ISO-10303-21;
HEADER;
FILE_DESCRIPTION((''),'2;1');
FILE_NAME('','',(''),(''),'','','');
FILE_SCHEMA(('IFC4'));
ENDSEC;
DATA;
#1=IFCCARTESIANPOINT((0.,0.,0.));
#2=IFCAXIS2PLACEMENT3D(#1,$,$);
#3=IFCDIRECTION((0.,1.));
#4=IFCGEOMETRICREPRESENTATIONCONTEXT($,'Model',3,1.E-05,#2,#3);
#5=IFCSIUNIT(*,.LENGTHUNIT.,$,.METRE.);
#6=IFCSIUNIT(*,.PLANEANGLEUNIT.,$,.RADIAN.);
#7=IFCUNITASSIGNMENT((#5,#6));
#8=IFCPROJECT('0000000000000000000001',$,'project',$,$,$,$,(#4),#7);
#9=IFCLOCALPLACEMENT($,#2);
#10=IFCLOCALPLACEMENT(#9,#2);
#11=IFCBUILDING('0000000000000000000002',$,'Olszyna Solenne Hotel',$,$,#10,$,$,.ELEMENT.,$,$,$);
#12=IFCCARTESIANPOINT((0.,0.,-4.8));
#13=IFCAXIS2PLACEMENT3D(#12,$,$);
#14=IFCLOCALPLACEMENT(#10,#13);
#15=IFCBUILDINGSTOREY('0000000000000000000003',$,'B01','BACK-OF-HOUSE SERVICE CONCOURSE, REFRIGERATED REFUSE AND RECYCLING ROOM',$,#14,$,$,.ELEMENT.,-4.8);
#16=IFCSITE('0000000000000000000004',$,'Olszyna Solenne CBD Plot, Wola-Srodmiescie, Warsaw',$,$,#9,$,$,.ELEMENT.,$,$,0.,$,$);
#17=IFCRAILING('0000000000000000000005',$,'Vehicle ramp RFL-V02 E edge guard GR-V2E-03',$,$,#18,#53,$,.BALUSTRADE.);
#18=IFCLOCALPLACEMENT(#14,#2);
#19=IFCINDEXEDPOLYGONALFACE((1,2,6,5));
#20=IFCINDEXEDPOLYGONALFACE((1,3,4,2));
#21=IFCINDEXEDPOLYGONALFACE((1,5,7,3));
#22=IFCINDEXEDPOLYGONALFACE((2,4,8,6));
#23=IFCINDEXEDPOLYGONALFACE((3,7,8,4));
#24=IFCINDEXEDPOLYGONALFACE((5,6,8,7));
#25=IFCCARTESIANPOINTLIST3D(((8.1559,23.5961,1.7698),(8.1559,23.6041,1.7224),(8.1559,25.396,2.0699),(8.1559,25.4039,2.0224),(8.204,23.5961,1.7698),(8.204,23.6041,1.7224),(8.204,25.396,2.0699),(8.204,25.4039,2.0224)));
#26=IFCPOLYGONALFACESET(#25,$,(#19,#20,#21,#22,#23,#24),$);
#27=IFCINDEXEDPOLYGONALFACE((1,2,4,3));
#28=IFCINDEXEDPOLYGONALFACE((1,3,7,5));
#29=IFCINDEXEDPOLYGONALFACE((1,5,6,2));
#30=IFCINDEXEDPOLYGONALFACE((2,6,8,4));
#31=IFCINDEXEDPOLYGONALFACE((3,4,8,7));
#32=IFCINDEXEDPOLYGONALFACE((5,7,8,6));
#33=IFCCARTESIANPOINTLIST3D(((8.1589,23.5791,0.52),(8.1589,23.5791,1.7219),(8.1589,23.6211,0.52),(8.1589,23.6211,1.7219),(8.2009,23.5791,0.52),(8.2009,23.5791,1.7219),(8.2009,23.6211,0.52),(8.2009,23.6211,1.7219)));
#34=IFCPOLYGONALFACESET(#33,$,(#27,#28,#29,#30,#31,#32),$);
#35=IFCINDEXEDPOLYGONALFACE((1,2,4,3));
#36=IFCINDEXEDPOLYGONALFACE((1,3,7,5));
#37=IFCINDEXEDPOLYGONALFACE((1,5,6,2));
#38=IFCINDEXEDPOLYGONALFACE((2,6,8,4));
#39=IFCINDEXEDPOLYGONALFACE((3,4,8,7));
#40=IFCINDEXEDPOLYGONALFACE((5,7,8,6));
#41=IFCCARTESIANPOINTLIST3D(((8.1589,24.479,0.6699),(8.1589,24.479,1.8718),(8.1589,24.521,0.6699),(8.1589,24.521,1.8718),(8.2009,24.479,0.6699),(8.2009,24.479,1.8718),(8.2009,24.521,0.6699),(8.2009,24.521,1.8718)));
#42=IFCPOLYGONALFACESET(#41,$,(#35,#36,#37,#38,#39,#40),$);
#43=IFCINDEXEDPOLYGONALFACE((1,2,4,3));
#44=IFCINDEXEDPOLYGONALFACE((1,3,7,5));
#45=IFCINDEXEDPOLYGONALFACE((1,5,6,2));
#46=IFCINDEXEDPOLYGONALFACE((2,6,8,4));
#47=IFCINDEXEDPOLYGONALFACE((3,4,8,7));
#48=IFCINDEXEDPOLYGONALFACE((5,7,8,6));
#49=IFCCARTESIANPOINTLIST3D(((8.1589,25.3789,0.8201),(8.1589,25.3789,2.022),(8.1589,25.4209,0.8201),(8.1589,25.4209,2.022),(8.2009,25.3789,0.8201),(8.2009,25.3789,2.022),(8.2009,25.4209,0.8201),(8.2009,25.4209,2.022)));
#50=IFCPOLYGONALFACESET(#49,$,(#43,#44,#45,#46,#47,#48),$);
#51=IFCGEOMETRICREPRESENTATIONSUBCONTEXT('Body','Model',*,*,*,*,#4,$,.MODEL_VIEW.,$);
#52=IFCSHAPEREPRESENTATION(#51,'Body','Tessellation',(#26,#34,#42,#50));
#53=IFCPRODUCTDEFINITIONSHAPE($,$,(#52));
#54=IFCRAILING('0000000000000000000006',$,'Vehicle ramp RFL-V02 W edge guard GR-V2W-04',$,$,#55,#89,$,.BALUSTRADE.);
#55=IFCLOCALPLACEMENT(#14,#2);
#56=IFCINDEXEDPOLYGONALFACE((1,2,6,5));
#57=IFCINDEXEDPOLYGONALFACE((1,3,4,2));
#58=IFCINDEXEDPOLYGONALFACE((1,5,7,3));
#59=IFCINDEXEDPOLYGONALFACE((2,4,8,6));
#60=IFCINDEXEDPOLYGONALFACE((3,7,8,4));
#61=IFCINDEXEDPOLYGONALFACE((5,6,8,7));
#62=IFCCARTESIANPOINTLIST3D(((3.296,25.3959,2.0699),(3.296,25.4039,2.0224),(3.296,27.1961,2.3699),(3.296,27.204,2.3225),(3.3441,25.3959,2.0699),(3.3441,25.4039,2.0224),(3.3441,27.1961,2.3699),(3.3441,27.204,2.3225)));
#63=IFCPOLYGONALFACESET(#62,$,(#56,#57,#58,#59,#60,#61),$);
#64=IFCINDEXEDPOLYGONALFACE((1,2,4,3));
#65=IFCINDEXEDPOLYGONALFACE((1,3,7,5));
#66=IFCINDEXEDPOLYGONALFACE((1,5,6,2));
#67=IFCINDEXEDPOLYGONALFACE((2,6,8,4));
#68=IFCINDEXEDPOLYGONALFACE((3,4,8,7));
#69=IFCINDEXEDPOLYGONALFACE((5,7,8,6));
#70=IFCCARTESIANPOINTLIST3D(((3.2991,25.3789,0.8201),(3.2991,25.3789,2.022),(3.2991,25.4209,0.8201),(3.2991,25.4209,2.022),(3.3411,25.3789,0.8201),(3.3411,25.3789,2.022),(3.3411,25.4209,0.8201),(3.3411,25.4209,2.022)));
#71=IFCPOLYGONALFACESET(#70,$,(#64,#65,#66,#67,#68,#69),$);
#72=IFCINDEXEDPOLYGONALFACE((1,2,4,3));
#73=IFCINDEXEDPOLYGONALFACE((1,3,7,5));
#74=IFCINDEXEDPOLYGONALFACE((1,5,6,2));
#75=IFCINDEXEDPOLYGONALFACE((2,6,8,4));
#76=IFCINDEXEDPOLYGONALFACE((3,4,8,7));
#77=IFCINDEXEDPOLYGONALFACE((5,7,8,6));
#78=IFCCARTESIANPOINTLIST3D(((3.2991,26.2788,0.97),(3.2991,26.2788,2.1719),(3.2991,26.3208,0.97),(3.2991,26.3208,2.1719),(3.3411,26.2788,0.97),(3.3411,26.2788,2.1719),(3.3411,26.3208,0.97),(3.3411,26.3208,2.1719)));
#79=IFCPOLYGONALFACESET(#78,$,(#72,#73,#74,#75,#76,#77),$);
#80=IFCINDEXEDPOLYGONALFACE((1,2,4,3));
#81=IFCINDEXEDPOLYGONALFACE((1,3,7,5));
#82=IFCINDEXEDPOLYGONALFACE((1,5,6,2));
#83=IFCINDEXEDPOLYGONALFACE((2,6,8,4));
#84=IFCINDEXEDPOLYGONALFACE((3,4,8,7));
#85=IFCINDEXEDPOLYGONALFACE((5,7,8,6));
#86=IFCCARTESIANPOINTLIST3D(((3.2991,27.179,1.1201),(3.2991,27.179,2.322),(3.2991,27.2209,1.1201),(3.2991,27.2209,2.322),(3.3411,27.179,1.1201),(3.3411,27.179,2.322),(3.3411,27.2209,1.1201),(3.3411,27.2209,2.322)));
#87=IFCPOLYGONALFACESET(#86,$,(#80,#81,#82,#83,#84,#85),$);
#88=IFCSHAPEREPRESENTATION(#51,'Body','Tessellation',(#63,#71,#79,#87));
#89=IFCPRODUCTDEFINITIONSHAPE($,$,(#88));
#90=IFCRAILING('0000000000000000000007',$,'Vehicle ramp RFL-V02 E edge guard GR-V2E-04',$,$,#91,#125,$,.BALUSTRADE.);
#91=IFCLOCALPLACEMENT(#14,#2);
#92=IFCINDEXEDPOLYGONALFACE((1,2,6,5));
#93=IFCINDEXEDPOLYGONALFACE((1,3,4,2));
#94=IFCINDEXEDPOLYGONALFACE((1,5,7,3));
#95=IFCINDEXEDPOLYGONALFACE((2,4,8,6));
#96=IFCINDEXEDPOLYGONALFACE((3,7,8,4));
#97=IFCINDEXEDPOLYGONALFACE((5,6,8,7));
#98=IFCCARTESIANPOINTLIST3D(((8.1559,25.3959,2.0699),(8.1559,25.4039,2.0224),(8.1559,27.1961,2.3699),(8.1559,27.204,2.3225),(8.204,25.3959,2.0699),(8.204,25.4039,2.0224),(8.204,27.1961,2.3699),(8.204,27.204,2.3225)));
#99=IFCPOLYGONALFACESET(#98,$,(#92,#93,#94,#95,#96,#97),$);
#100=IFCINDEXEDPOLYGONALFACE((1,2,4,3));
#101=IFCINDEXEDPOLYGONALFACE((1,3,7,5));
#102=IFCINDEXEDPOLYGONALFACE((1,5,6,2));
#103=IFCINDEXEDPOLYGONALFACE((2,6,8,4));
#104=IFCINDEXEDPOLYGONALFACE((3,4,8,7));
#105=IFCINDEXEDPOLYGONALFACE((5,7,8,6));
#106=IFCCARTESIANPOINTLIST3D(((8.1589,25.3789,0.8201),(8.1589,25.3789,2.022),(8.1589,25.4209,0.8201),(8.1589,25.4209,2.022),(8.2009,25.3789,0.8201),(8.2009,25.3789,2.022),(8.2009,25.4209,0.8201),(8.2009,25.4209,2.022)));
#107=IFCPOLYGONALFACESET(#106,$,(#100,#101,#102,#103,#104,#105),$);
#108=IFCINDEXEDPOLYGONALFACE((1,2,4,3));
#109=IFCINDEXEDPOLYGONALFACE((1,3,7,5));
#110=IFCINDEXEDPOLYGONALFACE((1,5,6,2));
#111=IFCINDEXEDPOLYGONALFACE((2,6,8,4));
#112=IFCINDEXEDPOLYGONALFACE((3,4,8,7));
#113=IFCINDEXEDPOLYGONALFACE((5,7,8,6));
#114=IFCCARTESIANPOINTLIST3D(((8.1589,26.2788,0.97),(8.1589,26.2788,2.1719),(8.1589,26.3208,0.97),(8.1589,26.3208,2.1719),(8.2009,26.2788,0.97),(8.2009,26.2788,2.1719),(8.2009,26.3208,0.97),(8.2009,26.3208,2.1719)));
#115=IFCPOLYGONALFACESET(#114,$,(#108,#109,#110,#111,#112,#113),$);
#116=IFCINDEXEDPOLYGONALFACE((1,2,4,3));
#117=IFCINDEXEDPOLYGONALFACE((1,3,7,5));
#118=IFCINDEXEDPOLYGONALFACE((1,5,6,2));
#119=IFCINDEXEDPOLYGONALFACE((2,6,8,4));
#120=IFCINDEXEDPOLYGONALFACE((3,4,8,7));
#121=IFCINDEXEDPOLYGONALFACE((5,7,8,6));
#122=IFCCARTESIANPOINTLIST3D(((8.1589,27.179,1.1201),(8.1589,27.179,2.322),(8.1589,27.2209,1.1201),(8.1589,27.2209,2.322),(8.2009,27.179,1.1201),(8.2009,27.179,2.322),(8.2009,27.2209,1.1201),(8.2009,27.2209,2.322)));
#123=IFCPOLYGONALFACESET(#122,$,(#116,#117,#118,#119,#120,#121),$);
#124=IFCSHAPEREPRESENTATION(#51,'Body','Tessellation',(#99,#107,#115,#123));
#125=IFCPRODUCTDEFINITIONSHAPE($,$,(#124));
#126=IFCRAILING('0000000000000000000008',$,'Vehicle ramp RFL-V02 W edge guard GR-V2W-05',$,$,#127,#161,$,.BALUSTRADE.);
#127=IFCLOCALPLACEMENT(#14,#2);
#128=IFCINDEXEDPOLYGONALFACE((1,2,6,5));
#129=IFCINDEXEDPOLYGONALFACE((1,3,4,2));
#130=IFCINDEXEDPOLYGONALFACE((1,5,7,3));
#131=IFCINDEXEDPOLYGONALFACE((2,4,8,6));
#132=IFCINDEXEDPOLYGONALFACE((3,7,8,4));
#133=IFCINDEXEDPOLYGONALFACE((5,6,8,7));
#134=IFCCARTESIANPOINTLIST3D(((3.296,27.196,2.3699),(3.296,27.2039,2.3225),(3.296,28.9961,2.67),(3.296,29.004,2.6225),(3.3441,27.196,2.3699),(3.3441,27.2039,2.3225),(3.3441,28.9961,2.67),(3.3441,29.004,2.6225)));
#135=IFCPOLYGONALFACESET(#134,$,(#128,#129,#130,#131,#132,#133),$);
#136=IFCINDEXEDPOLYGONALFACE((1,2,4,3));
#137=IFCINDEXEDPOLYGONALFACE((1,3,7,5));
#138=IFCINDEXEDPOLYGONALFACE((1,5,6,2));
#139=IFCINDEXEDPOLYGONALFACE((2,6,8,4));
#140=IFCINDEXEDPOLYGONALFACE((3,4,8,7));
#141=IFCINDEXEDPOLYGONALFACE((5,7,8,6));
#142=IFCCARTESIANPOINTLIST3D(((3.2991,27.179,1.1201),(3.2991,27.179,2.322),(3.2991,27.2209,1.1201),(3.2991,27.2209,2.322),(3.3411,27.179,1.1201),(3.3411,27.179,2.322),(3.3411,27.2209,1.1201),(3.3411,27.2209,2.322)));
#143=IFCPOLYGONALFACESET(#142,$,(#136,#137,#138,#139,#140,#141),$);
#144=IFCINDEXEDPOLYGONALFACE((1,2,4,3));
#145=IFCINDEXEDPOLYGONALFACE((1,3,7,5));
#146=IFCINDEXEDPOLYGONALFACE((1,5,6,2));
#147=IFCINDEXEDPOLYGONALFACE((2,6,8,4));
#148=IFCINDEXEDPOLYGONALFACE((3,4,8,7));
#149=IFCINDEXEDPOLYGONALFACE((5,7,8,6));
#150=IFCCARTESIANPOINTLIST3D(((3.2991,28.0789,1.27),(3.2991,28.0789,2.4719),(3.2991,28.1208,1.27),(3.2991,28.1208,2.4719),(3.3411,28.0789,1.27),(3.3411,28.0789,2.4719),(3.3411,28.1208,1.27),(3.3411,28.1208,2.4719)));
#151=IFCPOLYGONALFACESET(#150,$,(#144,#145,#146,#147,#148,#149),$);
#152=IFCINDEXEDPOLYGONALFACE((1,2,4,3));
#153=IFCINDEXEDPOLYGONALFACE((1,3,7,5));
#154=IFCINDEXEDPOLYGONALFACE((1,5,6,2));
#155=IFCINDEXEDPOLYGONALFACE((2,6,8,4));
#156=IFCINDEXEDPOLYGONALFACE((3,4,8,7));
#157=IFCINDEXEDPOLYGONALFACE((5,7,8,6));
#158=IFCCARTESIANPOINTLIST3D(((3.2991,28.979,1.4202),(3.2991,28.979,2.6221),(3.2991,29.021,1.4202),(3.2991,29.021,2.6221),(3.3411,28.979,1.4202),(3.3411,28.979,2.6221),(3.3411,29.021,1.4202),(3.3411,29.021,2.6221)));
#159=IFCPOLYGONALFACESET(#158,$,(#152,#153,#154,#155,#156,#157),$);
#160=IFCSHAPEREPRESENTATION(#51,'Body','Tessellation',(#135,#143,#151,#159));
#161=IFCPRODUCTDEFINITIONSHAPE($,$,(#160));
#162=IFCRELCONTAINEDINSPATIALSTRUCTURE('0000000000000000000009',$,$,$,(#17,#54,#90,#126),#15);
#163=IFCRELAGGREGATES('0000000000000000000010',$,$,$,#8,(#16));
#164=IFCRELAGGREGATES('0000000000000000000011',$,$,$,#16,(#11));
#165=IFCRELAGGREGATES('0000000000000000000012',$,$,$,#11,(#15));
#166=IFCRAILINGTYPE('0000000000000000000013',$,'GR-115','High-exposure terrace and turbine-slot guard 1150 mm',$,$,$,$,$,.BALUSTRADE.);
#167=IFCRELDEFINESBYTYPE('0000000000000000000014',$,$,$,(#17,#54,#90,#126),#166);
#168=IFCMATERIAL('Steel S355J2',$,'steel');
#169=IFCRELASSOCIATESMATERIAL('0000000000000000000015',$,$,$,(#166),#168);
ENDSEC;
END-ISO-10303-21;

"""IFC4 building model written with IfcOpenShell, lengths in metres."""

from ifc_helpers import new_model, si_unit, direction, frame, origin, origin_2d, place, context, subcontext, project, spatial, rectangle, extrude, material, type_object, element, save


model = new_model("IFC4")

# Units and contexts
model_context = context("Model", 3, precision=1e-05, world=origin(), true_north=direction((0.0, 1.0)))
body_context = subcontext(model_context, "Body", "Model", "MODEL_VIEW")
ifc_project = project(units=[si_unit("LENGTHUNIT", "METRE"), si_unit("PLANEANGLEUNIT", "RADIAN")], contexts=[model_context])

# Site, building, storey
site_placement = place(None, origin())
site = spatial("IfcSite", under=ifc_project, at=site_placement, Name="Olszyna Solenne CBD Plot, Wola-Srodmiescie, Warsaw", CompositionType="ELEMENT", RefElevation=0.0)
building_placement = place(site_placement, origin())
building = spatial("IfcBuilding", under=site, at=building_placement, Name="Olszyna Solenne Hotel", CompositionType="ELEMENT")
storey_placement = place(building_placement, frame((0.0, 0.0, -4.8)))
storey = spatial("IfcBuildingStorey", under=building, at=storey_placement, Name="B01", Description="BACK-OF-HOUSE SERVICE CONCOURSE, REFRIGERATED REFUSE AND RECYCLING ROOM", CompositionType="ELEMENT", Elevation=-4.8)

# Shared definitions
ifc_material_1 = material(Name="Steel S355J2", Category="steel")

# Railings
railing_type = type_object("IfcRailingType", Name="GR-115", Description="High-exposure terrace and turbine-slot guard 1150 mm", PredefinedType="BALUSTRADE", material=ifc_material_1)
for number, where, name in (
    (1, (8.1799, 23.6001, 0.52), "Vehicle ramp RFL-V02 E edge guard GR-V2E-03"),
):
    element("IfcRailing", number, at=place(storey_placement, frame(where)), inside=storey, type_object=railing_type, Name=name, PredefinedType="BALUSTRADE", context=body_context, shape_type="SweptSolid", body=[
        extrude(rectangle(XDim=0.0481, YDim=0.0481, at=origin_2d()), frame((0.0, 0.0, 1.2261), z_axis=(0.0, 0.986387, 0.164442), x_axis=(-1.0, 0.0, 0.0)), (0.0, 0.0, 1.0), 1.8247),
        extrude(rectangle(XDim=0.042, YDim=0.042, at=origin_2d()), origin(), (0.0, 0.0, 1.0), 1.2019),
        extrude(rectangle(XDim=0.042, YDim=0.042, at=origin_2d()), frame((0.0, 0.8999, 0.1499)), (0.0, 0.0, 1.0), 1.2019),
        extrude(rectangle(XDim=0.042, YDim=0.042, at=origin_2d()), frame((0.0, 1.7998, 0.3)), (0.0, 0.0, 1.0), 1.2019),
    ])
for number, where, name in (
    (2, (3.3201, 25.3999, 0.8201), "Vehicle ramp RFL-V02 W edge guard GR-V2W-04"),
    (3, (8.1799, 25.3999, 0.8201), "Vehicle ramp RFL-V02 E edge guard GR-V2E-04"),
    (4, (3.3201, 27.2, 1.1201), "Vehicle ramp RFL-V02 W edge guard GR-V2W-05"),
):
    element("IfcRailing", number, at=place(storey_placement, frame(where)), inside=storey, type_object=railing_type, Name=name, PredefinedType="BALUSTRADE", context=body_context, shape_type="SweptSolid", body=[
        extrude(rectangle(XDim=0.0481, YDim=0.0481, at=origin_2d()), frame((0.0, 0.0, 1.2261), z_axis=(0.0, 0.98639, 0.164421), x_axis=(-1.0, 0.0, 0.0)), (0.0, 0.0, 1.0), 1.825),
        extrude(rectangle(XDim=0.042, YDim=0.042, at=origin_2d()), origin(), (0.0, 0.0, 1.0), 1.2019),
        extrude(rectangle(XDim=0.042, YDim=0.042, at=origin_2d()), frame((0.0, 0.8999, 0.1499)), (0.0, 0.0, 1.0), 1.2019),
        extrude(rectangle(XDim=0.042, YDim=0.042, at=origin_2d()), frame((0.0, 1.8, 0.3)), (0.0, 0.0, 1.0), 1.2019),
    ])

save(model, "model.ifc")
